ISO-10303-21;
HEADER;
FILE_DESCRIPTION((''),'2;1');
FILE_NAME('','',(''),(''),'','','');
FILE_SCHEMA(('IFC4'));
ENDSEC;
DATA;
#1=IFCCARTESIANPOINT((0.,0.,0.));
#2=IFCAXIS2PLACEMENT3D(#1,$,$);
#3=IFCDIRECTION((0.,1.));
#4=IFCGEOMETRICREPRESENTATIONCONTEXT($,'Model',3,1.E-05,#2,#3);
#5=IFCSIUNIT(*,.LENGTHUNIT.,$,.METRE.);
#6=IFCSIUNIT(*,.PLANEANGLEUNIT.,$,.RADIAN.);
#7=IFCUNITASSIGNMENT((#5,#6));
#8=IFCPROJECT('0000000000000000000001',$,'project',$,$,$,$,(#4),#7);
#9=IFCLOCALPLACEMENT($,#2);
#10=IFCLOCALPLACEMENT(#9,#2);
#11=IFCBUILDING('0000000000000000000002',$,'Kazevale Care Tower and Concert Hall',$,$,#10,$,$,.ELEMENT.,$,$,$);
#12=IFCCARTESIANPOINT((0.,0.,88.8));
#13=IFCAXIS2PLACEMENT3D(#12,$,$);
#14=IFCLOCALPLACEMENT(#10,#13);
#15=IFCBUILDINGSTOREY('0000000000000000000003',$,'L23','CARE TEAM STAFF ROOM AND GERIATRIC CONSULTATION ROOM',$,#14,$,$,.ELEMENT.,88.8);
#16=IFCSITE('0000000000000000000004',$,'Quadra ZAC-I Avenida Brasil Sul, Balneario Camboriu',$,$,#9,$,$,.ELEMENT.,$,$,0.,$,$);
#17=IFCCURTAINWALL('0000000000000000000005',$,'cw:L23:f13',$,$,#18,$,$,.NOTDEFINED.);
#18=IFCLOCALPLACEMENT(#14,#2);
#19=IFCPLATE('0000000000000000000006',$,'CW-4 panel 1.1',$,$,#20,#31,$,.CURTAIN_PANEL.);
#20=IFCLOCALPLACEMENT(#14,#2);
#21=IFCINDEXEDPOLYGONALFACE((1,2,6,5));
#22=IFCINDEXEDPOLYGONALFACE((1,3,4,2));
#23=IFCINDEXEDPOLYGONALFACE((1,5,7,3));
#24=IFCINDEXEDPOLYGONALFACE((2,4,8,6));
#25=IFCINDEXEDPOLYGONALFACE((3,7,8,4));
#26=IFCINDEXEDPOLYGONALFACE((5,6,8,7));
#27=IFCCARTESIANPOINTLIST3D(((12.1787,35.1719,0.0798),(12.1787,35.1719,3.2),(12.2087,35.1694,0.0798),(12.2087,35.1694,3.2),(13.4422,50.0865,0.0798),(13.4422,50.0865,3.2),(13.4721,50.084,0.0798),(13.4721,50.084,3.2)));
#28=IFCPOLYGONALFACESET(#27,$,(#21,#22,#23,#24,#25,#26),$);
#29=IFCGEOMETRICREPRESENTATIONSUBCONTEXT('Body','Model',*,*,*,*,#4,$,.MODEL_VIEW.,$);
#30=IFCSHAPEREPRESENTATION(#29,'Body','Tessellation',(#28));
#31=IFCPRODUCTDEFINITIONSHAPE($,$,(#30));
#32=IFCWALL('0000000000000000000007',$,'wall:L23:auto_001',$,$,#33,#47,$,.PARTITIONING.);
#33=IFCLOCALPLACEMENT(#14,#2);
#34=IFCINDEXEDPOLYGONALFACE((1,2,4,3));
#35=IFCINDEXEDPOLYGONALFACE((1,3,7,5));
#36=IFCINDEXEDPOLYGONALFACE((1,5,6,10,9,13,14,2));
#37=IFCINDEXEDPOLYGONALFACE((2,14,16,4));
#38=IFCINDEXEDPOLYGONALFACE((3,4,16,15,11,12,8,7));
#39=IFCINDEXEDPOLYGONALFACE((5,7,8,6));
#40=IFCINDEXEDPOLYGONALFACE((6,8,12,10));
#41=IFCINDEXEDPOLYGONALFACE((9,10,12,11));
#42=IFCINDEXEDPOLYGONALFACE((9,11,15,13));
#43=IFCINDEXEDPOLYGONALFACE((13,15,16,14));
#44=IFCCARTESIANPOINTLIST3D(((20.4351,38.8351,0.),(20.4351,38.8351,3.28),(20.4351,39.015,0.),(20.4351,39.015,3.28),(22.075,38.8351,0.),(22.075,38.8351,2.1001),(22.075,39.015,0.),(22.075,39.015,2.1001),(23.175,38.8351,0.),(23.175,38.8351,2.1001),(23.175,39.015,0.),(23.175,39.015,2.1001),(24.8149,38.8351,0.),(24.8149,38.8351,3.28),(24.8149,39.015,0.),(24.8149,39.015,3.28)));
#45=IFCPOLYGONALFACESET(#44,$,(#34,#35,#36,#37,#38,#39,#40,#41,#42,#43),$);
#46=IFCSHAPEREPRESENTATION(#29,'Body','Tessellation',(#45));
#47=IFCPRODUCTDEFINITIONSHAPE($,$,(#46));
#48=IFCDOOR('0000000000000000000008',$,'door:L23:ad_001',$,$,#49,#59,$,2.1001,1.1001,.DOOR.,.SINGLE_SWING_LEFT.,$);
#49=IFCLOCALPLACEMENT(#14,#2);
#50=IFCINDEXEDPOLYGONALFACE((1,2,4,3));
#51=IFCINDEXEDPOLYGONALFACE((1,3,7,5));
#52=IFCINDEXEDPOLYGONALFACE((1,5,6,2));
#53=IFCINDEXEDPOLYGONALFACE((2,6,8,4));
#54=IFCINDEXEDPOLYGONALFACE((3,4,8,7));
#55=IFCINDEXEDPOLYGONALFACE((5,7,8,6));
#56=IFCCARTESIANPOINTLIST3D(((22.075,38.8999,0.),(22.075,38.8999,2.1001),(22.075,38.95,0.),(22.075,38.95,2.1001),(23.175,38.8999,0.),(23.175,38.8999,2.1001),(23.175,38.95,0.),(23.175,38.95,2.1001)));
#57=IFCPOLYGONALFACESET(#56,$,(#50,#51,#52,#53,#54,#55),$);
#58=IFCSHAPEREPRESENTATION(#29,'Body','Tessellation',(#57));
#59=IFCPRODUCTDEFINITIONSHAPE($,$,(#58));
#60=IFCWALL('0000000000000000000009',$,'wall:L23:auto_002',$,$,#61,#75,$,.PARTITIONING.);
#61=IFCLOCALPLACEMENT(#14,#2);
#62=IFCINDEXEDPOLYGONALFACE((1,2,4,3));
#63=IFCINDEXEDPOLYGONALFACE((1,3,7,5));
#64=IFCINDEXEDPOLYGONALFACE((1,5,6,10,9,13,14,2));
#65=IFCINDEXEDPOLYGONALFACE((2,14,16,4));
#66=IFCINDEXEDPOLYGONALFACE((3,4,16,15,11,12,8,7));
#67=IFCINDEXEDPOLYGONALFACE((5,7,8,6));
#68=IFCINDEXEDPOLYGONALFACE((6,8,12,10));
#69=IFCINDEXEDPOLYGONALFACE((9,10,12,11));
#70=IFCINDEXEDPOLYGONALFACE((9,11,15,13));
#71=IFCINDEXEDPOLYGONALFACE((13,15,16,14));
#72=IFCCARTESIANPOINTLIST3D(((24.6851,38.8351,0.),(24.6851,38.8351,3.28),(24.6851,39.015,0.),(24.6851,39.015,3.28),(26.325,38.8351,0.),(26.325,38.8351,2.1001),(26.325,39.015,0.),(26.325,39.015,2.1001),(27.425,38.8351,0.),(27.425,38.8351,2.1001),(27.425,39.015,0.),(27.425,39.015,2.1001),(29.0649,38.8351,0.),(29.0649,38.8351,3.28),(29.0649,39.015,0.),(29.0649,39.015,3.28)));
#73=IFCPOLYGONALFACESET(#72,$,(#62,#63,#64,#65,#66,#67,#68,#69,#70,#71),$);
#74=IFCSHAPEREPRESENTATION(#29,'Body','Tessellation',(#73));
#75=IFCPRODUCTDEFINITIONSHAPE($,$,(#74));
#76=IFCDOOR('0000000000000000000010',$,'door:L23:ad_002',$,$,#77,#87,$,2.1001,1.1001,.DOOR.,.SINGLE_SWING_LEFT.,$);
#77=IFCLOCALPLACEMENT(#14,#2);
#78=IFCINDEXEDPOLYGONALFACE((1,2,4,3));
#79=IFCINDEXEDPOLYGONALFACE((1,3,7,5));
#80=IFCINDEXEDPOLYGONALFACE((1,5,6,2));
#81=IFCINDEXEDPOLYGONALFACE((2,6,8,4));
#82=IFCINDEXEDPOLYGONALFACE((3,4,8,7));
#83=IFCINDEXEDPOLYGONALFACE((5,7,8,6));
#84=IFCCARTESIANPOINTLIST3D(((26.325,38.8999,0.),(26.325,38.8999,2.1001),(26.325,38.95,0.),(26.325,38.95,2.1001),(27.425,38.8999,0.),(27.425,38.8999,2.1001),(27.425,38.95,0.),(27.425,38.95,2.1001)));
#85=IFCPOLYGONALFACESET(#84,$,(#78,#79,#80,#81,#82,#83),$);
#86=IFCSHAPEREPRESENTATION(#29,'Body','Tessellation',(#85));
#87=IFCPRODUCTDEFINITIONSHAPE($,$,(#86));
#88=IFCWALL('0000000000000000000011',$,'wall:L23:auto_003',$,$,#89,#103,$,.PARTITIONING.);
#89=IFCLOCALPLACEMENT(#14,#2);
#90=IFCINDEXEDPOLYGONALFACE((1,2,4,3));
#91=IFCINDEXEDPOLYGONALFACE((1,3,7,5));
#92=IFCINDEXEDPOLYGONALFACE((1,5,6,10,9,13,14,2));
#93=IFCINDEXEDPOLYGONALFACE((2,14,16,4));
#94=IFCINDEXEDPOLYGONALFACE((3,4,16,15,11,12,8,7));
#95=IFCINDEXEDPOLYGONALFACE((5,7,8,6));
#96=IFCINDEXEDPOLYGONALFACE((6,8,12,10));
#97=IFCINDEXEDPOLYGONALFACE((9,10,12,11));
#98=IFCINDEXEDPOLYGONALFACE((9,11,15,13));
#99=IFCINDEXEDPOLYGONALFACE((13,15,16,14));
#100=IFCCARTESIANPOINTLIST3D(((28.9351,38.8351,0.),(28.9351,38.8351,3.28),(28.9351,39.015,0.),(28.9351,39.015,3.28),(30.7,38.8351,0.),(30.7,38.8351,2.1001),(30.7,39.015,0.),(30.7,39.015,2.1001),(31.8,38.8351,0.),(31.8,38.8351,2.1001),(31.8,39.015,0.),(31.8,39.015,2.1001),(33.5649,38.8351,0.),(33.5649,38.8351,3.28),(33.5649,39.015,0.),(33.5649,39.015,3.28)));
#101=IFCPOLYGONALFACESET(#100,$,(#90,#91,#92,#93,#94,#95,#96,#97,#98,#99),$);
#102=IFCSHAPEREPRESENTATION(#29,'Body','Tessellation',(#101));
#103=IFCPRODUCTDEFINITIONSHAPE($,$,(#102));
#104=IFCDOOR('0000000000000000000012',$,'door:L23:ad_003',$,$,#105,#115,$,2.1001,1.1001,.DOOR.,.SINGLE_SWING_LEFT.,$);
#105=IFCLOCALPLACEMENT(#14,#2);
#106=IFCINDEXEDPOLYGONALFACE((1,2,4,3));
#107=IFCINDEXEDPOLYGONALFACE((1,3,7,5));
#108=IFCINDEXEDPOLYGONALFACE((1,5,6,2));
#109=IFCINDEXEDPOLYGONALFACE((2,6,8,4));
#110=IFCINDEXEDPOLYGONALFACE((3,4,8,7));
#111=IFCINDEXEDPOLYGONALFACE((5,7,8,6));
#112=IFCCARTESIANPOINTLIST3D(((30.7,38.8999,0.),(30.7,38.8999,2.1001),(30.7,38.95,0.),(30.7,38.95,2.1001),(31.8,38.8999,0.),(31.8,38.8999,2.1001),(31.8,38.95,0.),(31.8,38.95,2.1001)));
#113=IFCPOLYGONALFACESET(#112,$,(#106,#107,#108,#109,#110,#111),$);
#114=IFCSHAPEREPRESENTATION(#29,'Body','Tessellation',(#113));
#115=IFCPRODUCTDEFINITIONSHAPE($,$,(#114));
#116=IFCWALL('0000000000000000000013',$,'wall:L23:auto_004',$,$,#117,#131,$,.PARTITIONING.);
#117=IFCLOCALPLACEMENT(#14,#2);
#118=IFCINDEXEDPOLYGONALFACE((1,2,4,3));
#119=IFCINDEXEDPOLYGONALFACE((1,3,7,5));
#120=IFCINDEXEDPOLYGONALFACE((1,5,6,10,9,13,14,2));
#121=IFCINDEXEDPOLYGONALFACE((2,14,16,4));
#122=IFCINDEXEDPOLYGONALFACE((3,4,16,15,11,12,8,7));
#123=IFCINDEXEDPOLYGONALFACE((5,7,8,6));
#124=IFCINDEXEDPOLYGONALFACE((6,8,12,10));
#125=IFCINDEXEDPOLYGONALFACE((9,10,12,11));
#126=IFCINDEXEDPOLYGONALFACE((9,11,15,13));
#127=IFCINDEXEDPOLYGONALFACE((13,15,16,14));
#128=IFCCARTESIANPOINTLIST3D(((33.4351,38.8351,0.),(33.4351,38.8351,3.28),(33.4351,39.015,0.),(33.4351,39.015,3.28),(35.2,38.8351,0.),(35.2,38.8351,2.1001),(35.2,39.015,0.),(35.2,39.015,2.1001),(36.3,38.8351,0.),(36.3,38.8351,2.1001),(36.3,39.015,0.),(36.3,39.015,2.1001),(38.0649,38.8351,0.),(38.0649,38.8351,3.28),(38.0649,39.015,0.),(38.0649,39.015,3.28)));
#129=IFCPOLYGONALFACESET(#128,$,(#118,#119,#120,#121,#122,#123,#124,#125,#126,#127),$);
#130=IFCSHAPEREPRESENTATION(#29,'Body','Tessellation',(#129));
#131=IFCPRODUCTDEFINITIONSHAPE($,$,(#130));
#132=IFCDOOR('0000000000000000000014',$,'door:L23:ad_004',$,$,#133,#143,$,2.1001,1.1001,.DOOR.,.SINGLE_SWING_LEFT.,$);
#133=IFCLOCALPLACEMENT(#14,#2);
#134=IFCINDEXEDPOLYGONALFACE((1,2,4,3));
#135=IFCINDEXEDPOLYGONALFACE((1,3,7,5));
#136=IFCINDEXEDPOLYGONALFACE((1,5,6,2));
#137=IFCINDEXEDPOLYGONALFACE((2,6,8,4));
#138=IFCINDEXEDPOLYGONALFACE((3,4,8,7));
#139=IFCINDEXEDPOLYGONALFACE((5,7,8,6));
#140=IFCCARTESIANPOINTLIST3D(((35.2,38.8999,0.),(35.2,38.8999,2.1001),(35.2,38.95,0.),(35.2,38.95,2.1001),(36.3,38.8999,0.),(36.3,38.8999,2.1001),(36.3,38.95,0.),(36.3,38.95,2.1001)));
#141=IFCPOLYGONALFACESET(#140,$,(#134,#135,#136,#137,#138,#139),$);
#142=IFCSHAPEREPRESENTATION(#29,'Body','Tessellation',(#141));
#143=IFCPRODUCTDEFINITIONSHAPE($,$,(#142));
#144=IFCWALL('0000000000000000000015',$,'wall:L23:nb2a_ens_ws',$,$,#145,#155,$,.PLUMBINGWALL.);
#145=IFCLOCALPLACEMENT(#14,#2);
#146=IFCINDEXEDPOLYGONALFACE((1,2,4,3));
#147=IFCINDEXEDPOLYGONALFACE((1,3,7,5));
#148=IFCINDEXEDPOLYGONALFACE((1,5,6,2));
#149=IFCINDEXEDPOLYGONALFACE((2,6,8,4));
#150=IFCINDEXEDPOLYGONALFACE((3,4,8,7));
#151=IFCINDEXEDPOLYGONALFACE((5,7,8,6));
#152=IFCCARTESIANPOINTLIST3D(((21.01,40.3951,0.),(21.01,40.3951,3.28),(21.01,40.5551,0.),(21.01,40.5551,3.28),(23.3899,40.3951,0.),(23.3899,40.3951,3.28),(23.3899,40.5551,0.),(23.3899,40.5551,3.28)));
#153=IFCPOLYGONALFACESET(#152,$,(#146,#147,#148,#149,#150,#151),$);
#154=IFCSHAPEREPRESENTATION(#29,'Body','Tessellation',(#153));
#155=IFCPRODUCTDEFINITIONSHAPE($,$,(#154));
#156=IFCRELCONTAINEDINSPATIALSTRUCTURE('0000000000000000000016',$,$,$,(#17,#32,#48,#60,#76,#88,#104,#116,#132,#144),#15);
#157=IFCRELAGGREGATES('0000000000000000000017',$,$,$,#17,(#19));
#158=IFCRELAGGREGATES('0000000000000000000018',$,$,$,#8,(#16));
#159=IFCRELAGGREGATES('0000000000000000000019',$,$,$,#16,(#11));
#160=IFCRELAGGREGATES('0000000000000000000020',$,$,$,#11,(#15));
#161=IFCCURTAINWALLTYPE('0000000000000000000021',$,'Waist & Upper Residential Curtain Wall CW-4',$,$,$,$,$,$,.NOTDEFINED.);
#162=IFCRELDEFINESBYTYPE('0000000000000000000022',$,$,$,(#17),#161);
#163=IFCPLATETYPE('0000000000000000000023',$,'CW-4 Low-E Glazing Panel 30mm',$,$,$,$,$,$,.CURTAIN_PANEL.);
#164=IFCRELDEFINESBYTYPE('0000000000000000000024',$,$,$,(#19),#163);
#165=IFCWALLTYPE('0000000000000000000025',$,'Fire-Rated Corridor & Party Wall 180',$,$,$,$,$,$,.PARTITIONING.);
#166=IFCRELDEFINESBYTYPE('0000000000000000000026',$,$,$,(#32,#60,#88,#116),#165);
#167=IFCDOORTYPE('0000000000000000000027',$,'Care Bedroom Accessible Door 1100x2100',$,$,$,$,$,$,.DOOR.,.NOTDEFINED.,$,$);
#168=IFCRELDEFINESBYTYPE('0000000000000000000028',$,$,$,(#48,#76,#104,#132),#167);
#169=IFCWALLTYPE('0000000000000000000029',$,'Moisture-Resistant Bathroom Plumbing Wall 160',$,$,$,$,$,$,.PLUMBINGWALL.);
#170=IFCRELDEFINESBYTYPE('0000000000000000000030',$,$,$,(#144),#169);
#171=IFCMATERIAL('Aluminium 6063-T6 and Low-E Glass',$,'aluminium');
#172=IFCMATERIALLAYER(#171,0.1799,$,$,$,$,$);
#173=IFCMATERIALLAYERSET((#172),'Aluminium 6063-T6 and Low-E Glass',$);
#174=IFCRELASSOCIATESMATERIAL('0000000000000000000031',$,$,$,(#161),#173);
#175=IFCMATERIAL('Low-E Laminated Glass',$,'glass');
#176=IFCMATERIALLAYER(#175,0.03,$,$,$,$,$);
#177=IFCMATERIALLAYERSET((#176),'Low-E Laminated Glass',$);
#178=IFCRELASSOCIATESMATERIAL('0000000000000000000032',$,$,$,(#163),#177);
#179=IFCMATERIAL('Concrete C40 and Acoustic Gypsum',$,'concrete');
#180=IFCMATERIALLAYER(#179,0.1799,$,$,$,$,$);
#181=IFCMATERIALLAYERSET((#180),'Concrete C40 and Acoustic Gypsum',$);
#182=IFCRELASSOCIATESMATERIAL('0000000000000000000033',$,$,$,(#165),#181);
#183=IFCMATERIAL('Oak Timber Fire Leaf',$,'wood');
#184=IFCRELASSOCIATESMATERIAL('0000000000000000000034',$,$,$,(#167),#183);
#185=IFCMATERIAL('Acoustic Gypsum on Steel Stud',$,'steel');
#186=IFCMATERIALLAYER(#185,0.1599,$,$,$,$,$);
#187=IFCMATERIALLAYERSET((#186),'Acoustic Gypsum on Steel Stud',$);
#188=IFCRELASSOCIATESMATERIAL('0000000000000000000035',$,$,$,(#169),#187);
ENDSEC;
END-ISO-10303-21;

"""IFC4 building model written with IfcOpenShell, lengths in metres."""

from ifc_helpers import new_model, si_unit, direction, frame, frame_2d, origin, origin_2d, place, context, subcontext, project, spatial, rectangle, extrude, material, layer, layer_set, type_object, element, fill, aggregate, save


model = new_model("IFC4")

# Units and contexts
model_context = context("Model", 3, precision=1e-05, world=origin(), true_north=direction((0.0, 1.0)))
body_context = subcontext(model_context, "Body", "Model", "MODEL_VIEW")
ifc_project = project(units=[si_unit("LENGTHUNIT", "METRE"), si_unit("PLANEANGLEUNIT", "RADIAN")], contexts=[model_context])

# Site, building, storey
site_placement = place(None, origin())
site = spatial("IfcSite", under=ifc_project, at=site_placement, Name="Quadra ZAC-I Avenida Brasil Sul, Balneario Camboriu", CompositionType="ELEMENT", RefElevation=0.0)
building_placement = place(site_placement, origin())
building = spatial("IfcBuilding", under=site, at=building_placement, Name="Kazevale Care Tower and Concert Hall", CompositionType="ELEMENT")
storey_placement = place(building_placement, frame((0.0, 0.0, 88.8)))
storey = spatial("IfcBuildingStorey", under=building, at=storey_placement, Name="L23", Description="CARE TEAM STAFF ROOM AND GERIATRIC CONSULTATION ROOM", CompositionType="ELEMENT", Elevation=88.8)

# Curtain wall
ifc_material_1 = material(Name="Aluminium 6063-T6 and Low-E Glass", Category="aluminium")
ifc_layer_1 = layer(ifc_material_1, 0.1799)
ifc_layer_set_1 = layer_set([ifc_layer_1], Name="Aluminium 6063-T6 and Low-E Glass")
curtain_wall_type_1 = type_object("IfcCurtainWallType", Name="Waist & Upper Residential Curtain Wall CW-4", PredefinedType="NOTDEFINED", material=ifc_layer_set_1)
curtain_wall_1_placement = place(storey_placement, origin())
curtain_wall_1 = element("IfcCurtainWall", 1, at=curtain_wall_1_placement, inside=storey, type_object=curtain_wall_type_1, Name="cw:L23:f13", PredefinedType="NOTDEFINED")

# Plate
ifc_material_2 = material(Name="Low-E Laminated Glass", Category="glass")
ifc_layer_2 = layer(ifc_material_2, 0.03)
ifc_layer_set_2 = layer_set([ifc_layer_2], Name="Low-E Laminated Glass")
plate_type = type_object("IfcPlateType", Name="CW-4 Low-E Glazing Panel 30mm", PredefinedType="CURTAIN_PANEL", material=ifc_layer_set_2)
plate_placement = place(storey_placement, frame((12.8254, 42.6279, 0.0798), z_axis=(0.0, 0.0, 1.0), x_axis=(0.084413, 0.996431, 0.0)))
plate = element("IfcPlate", 2, at=plate_placement, type_object=plate_type, Name="CW-4 panel 1.1", PredefinedType="CURTAIN_PANEL", context=body_context, shape_type="SweptSolid", body=[
    extrude(rectangle(XDim=14.968, YDim=0.03, at=origin_2d()), origin(), (0.0, 0.0, 1.0), 3.1201),
])
aggregate(curtain_wall_1, [plate])

# Walls, openings, doors
ifc_material_3 = material(Name="Concrete C40 and Acoustic Gypsum", Category="concrete")
ifc_layer_3 = layer(ifc_material_3, 0.1799)
ifc_layer_set_3 = layer_set([ifc_layer_3], Name="Concrete C40 and Acoustic Gypsum")
wall_type_1 = type_object("IfcWallType", Name="Fire-Rated Corridor & Party Wall 180", PredefinedType="PARTITIONING", material=ifc_layer_set_3)
wall_1_placement = place(storey_placement, frame((20.4351, 38.925, 0.0), z_axis=(0.0, 0.0, 1.0), x_axis=(1.0, 0.0, 0.0)))
wall_1 = element("IfcWall", 3, at=wall_1_placement, inside=storey, type_object=wall_type_1, Name="wall:L23:auto_001", PredefinedType="PARTITIONING", context=body_context, shape_type="SweptSolid", body=[
    extrude(rectangle(XDim=4.3799, YDim=0.1799, at=frame_2d((2.1899, 0.0))), origin(), (0.0, 0.0, 1.0), 3.28),
])
opening_1_placement = place(wall_1_placement, frame((1.6399, 0.0, 0.0)))
opening_1 = element("IfcOpeningElement", 4, at=opening_1_placement, cuts=wall_1, PredefinedType="OPENING", context=body_context, shape_type="SweptSolid", body=[
    extrude(rectangle(XDim=1.1001, YDim=2.1001, at=frame_2d((0.55, 1.05))), frame((0.0, 0.0999, 0.0), z_axis=(0.0, -1.0, 0.0), x_axis=(1.0, 0.0, 0.0)), (0.0, 0.0, 1.0), 0.2),
])
ifc_material_4 = material(Name="Oak Timber Fire Leaf", Category="wood")
door_type_1 = type_object("IfcDoorType", Name="Care Bedroom Accessible Door 1100x2100", OperationType="NOTDEFINED", PredefinedType="DOOR", material=ifc_material_4)
door_1_placement = place(opening_1_placement, origin())
door_1 = element("IfcDoor", 5, at=door_1_placement, inside=storey, type_object=door_type_1, Name="door:L23:ad_001", OperationType="SINGLE_SWING_LEFT", OverallHeight=2.1001, OverallWidth=1.1001, PredefinedType="DOOR", context=body_context, shape_type="SweptSolid", body=[
    extrude(rectangle(XDim=1.1001, YDim=2.1001, at=frame_2d((0.55, 1.05))), frame((0.0, 0.0249, 0.0), z_axis=(0.0, -1.0, 0.0), x_axis=(1.0, 0.0, 0.0)), (0.0, 0.0, 1.0), 0.05),
])
fill(opening_1, door_1)
wall_2_placement = place(storey_placement, frame((24.6851, 38.925, 0.0), z_axis=(0.0, 0.0, 1.0), x_axis=(1.0, 0.0, 0.0)))
wall_2 = element("IfcWall", 6, at=wall_2_placement, inside=storey, type_object=wall_type_1, Name="wall:L23:auto_002", PredefinedType="PARTITIONING", context=body_context, shape_type="SweptSolid", body=[
    extrude(rectangle(XDim=4.3799, YDim=0.1799, at=frame_2d((2.1899, 0.0))), origin(), (0.0, 0.0, 1.0), 3.28),
])
opening_2_placement = place(wall_2_placement, frame((1.6399, 0.0, 0.0)))
opening_2 = element("IfcOpeningElement", 7, at=opening_2_placement, cuts=wall_2, PredefinedType="OPENING", context=body_context, shape_type="SweptSolid", body=[
    extrude(rectangle(XDim=1.1001, YDim=2.1001, at=frame_2d((0.55, 1.05))), frame((0.0, 0.0999, 0.0), z_axis=(0.0, -1.0, 0.0), x_axis=(1.0, 0.0, 0.0)), (0.0, 0.0, 1.0), 0.2),
])
door_2_placement = place(opening_2_placement, origin())
door_2 = element("IfcDoor", 8, at=door_2_placement, inside=storey, type_object=door_type_1, Name="door:L23:ad_002", OperationType="SINGLE_SWING_LEFT", OverallHeight=2.1001, OverallWidth=1.1001, PredefinedType="DOOR", context=body_context, shape_type="SweptSolid", body=[
    extrude(rectangle(XDim=1.1001, YDim=2.1001, at=frame_2d((0.55, 1.05))), frame((0.0, 0.0249, 0.0), z_axis=(0.0, -1.0, 0.0), x_axis=(1.0, 0.0, 0.0)), (0.0, 0.0, 1.0), 0.05),
])
fill(opening_2, door_2)
wall_3_placement = place(storey_placement, frame((28.9351, 38.925, 0.0), z_axis=(0.0, 0.0, 1.0), x_axis=(1.0, 0.0, 0.0)))
wall_3 = element("IfcWall", 9, at=wall_3_placement, inside=storey, type_object=wall_type_1, Name="wall:L23:auto_003", PredefinedType="PARTITIONING", context=body_context, shape_type="SweptSolid", body=[
    extrude(rectangle(XDim=4.6299, YDim=0.1799, at=frame_2d((2.3149, 0.0))), origin(), (0.0, 0.0, 1.0), 3.28),
])
opening_3_placement = place(wall_3_placement, frame((1.7649, 0.0, 0.0)))
opening_3 = element("IfcOpeningElement", 10, at=opening_3_placement, cuts=wall_3, PredefinedType="OPENING", context=body_context, shape_type="SweptSolid", body=[
    extrude(rectangle(XDim=1.1001, YDim=2.1001, at=frame_2d((0.55, 1.05))), frame((0.0, 0.0999, 0.0), z_axis=(0.0, -1.0, 0.0), x_axis=(1.0, 0.0, 0.0)), (0.0, 0.0, 1.0), 0.2),
])
door_3_placement = place(opening_3_placement, origin())
door_3 = element("IfcDoor", 11, at=door_3_placement, inside=storey, type_object=door_type_1, Name="door:L23:ad_003", OperationType="SINGLE_SWING_LEFT", OverallHeight=2.1001, OverallWidth=1.1001, PredefinedType="DOOR", context=body_context, shape_type="SweptSolid", body=[
    extrude(rectangle(XDim=1.1001, YDim=2.1001, at=frame_2d((0.55, 1.05))), frame((0.0, 0.0249, 0.0), z_axis=(0.0, -1.0, 0.0), x_axis=(1.0, 0.0, 0.0)), (0.0, 0.0, 1.0), 0.05),
])
fill(opening_3, door_3)
wall_4_placement = place(storey_placement, frame((33.4351, 38.925, 0.0), z_axis=(0.0, 0.0, 1.0), x_axis=(1.0, 0.0, 0.0)))
wall_4 = element("IfcWall", 12, at=wall_4_placement, inside=storey, type_object=wall_type_1, Name="wall:L23:auto_004", PredefinedType="PARTITIONING", context=body_context, shape_type="SweptSolid", body=[
    extrude(rectangle(XDim=4.6299, YDim=0.1799, at=frame_2d((2.3149, 0.0))), origin(), (0.0, 0.0, 1.0), 3.28),
])
opening_4_placement = place(wall_4_placement, frame((1.7649, 0.0, 0.0)))
opening_4 = element("IfcOpeningElement", 13, at=opening_4_placement, cuts=wall_4, PredefinedType="OPENING", context=body_context, shape_type="SweptSolid", body=[
    extrude(rectangle(XDim=1.1001, YDim=2.1001, at=frame_2d((0.55, 1.05))), frame((0.0, 0.0999, 0.0), z_axis=(0.0, -1.0, 0.0), x_axis=(1.0, 0.0, 0.0)), (0.0, 0.0, 1.0), 0.2),
])
door_4_placement = place(opening_4_placement, origin())
door_4 = element("IfcDoor", 14, at=door_4_placement, inside=storey, type_object=door_type_1, Name="door:L23:ad_004", OperationType="SINGLE_SWING_LEFT", OverallHeight=2.1001, OverallWidth=1.1001, PredefinedType="DOOR", context=body_context, shape_type="SweptSolid", body=[
    extrude(rectangle(XDim=1.1001, YDim=2.1001, at=frame_2d((0.55, 1.05))), frame((0.0, 0.0249, 0.0), z_axis=(0.0, -1.0, 0.0), x_axis=(1.0, 0.0, 0.0)), (0.0, 0.0, 1.0), 0.05),
])
fill(opening_4, door_4)

# Wall
ifc_material_5 = material(Name="Acoustic Gypsum on Steel Stud", Category="steel")
ifc_layer_4 = layer(ifc_material_5, 0.1599)
ifc_layer_set_4 = layer_set([ifc_layer_4], Name="Acoustic Gypsum on Steel Stud")
wall_type_2 = type_object("IfcWallType", Name="Moisture-Resistant Bathroom Plumbing Wall 160", PredefinedType="PLUMBINGWALL", material=ifc_layer_set_4)
wall_5_placement = place(storey_placement, frame((21.01, 40.4751, 0.0), z_axis=(0.0, 0.0, 1.0), x_axis=(1.0, 0.0, 0.0)))
element("IfcWall", 15, at=wall_5_placement, inside=storey, type_object=wall_type_2, Name="wall:L23:nb2a_ens_ws", PredefinedType="PLUMBINGWALL", context=body_context, shape_type="SweptSolid", body=[
    extrude(rectangle(XDim=2.3799, YDim=0.1599, at=frame_2d((1.1899, 0.0))), origin(), (0.0, 0.0, 1.0), 3.28),
])

save(model, "model.ifc")
